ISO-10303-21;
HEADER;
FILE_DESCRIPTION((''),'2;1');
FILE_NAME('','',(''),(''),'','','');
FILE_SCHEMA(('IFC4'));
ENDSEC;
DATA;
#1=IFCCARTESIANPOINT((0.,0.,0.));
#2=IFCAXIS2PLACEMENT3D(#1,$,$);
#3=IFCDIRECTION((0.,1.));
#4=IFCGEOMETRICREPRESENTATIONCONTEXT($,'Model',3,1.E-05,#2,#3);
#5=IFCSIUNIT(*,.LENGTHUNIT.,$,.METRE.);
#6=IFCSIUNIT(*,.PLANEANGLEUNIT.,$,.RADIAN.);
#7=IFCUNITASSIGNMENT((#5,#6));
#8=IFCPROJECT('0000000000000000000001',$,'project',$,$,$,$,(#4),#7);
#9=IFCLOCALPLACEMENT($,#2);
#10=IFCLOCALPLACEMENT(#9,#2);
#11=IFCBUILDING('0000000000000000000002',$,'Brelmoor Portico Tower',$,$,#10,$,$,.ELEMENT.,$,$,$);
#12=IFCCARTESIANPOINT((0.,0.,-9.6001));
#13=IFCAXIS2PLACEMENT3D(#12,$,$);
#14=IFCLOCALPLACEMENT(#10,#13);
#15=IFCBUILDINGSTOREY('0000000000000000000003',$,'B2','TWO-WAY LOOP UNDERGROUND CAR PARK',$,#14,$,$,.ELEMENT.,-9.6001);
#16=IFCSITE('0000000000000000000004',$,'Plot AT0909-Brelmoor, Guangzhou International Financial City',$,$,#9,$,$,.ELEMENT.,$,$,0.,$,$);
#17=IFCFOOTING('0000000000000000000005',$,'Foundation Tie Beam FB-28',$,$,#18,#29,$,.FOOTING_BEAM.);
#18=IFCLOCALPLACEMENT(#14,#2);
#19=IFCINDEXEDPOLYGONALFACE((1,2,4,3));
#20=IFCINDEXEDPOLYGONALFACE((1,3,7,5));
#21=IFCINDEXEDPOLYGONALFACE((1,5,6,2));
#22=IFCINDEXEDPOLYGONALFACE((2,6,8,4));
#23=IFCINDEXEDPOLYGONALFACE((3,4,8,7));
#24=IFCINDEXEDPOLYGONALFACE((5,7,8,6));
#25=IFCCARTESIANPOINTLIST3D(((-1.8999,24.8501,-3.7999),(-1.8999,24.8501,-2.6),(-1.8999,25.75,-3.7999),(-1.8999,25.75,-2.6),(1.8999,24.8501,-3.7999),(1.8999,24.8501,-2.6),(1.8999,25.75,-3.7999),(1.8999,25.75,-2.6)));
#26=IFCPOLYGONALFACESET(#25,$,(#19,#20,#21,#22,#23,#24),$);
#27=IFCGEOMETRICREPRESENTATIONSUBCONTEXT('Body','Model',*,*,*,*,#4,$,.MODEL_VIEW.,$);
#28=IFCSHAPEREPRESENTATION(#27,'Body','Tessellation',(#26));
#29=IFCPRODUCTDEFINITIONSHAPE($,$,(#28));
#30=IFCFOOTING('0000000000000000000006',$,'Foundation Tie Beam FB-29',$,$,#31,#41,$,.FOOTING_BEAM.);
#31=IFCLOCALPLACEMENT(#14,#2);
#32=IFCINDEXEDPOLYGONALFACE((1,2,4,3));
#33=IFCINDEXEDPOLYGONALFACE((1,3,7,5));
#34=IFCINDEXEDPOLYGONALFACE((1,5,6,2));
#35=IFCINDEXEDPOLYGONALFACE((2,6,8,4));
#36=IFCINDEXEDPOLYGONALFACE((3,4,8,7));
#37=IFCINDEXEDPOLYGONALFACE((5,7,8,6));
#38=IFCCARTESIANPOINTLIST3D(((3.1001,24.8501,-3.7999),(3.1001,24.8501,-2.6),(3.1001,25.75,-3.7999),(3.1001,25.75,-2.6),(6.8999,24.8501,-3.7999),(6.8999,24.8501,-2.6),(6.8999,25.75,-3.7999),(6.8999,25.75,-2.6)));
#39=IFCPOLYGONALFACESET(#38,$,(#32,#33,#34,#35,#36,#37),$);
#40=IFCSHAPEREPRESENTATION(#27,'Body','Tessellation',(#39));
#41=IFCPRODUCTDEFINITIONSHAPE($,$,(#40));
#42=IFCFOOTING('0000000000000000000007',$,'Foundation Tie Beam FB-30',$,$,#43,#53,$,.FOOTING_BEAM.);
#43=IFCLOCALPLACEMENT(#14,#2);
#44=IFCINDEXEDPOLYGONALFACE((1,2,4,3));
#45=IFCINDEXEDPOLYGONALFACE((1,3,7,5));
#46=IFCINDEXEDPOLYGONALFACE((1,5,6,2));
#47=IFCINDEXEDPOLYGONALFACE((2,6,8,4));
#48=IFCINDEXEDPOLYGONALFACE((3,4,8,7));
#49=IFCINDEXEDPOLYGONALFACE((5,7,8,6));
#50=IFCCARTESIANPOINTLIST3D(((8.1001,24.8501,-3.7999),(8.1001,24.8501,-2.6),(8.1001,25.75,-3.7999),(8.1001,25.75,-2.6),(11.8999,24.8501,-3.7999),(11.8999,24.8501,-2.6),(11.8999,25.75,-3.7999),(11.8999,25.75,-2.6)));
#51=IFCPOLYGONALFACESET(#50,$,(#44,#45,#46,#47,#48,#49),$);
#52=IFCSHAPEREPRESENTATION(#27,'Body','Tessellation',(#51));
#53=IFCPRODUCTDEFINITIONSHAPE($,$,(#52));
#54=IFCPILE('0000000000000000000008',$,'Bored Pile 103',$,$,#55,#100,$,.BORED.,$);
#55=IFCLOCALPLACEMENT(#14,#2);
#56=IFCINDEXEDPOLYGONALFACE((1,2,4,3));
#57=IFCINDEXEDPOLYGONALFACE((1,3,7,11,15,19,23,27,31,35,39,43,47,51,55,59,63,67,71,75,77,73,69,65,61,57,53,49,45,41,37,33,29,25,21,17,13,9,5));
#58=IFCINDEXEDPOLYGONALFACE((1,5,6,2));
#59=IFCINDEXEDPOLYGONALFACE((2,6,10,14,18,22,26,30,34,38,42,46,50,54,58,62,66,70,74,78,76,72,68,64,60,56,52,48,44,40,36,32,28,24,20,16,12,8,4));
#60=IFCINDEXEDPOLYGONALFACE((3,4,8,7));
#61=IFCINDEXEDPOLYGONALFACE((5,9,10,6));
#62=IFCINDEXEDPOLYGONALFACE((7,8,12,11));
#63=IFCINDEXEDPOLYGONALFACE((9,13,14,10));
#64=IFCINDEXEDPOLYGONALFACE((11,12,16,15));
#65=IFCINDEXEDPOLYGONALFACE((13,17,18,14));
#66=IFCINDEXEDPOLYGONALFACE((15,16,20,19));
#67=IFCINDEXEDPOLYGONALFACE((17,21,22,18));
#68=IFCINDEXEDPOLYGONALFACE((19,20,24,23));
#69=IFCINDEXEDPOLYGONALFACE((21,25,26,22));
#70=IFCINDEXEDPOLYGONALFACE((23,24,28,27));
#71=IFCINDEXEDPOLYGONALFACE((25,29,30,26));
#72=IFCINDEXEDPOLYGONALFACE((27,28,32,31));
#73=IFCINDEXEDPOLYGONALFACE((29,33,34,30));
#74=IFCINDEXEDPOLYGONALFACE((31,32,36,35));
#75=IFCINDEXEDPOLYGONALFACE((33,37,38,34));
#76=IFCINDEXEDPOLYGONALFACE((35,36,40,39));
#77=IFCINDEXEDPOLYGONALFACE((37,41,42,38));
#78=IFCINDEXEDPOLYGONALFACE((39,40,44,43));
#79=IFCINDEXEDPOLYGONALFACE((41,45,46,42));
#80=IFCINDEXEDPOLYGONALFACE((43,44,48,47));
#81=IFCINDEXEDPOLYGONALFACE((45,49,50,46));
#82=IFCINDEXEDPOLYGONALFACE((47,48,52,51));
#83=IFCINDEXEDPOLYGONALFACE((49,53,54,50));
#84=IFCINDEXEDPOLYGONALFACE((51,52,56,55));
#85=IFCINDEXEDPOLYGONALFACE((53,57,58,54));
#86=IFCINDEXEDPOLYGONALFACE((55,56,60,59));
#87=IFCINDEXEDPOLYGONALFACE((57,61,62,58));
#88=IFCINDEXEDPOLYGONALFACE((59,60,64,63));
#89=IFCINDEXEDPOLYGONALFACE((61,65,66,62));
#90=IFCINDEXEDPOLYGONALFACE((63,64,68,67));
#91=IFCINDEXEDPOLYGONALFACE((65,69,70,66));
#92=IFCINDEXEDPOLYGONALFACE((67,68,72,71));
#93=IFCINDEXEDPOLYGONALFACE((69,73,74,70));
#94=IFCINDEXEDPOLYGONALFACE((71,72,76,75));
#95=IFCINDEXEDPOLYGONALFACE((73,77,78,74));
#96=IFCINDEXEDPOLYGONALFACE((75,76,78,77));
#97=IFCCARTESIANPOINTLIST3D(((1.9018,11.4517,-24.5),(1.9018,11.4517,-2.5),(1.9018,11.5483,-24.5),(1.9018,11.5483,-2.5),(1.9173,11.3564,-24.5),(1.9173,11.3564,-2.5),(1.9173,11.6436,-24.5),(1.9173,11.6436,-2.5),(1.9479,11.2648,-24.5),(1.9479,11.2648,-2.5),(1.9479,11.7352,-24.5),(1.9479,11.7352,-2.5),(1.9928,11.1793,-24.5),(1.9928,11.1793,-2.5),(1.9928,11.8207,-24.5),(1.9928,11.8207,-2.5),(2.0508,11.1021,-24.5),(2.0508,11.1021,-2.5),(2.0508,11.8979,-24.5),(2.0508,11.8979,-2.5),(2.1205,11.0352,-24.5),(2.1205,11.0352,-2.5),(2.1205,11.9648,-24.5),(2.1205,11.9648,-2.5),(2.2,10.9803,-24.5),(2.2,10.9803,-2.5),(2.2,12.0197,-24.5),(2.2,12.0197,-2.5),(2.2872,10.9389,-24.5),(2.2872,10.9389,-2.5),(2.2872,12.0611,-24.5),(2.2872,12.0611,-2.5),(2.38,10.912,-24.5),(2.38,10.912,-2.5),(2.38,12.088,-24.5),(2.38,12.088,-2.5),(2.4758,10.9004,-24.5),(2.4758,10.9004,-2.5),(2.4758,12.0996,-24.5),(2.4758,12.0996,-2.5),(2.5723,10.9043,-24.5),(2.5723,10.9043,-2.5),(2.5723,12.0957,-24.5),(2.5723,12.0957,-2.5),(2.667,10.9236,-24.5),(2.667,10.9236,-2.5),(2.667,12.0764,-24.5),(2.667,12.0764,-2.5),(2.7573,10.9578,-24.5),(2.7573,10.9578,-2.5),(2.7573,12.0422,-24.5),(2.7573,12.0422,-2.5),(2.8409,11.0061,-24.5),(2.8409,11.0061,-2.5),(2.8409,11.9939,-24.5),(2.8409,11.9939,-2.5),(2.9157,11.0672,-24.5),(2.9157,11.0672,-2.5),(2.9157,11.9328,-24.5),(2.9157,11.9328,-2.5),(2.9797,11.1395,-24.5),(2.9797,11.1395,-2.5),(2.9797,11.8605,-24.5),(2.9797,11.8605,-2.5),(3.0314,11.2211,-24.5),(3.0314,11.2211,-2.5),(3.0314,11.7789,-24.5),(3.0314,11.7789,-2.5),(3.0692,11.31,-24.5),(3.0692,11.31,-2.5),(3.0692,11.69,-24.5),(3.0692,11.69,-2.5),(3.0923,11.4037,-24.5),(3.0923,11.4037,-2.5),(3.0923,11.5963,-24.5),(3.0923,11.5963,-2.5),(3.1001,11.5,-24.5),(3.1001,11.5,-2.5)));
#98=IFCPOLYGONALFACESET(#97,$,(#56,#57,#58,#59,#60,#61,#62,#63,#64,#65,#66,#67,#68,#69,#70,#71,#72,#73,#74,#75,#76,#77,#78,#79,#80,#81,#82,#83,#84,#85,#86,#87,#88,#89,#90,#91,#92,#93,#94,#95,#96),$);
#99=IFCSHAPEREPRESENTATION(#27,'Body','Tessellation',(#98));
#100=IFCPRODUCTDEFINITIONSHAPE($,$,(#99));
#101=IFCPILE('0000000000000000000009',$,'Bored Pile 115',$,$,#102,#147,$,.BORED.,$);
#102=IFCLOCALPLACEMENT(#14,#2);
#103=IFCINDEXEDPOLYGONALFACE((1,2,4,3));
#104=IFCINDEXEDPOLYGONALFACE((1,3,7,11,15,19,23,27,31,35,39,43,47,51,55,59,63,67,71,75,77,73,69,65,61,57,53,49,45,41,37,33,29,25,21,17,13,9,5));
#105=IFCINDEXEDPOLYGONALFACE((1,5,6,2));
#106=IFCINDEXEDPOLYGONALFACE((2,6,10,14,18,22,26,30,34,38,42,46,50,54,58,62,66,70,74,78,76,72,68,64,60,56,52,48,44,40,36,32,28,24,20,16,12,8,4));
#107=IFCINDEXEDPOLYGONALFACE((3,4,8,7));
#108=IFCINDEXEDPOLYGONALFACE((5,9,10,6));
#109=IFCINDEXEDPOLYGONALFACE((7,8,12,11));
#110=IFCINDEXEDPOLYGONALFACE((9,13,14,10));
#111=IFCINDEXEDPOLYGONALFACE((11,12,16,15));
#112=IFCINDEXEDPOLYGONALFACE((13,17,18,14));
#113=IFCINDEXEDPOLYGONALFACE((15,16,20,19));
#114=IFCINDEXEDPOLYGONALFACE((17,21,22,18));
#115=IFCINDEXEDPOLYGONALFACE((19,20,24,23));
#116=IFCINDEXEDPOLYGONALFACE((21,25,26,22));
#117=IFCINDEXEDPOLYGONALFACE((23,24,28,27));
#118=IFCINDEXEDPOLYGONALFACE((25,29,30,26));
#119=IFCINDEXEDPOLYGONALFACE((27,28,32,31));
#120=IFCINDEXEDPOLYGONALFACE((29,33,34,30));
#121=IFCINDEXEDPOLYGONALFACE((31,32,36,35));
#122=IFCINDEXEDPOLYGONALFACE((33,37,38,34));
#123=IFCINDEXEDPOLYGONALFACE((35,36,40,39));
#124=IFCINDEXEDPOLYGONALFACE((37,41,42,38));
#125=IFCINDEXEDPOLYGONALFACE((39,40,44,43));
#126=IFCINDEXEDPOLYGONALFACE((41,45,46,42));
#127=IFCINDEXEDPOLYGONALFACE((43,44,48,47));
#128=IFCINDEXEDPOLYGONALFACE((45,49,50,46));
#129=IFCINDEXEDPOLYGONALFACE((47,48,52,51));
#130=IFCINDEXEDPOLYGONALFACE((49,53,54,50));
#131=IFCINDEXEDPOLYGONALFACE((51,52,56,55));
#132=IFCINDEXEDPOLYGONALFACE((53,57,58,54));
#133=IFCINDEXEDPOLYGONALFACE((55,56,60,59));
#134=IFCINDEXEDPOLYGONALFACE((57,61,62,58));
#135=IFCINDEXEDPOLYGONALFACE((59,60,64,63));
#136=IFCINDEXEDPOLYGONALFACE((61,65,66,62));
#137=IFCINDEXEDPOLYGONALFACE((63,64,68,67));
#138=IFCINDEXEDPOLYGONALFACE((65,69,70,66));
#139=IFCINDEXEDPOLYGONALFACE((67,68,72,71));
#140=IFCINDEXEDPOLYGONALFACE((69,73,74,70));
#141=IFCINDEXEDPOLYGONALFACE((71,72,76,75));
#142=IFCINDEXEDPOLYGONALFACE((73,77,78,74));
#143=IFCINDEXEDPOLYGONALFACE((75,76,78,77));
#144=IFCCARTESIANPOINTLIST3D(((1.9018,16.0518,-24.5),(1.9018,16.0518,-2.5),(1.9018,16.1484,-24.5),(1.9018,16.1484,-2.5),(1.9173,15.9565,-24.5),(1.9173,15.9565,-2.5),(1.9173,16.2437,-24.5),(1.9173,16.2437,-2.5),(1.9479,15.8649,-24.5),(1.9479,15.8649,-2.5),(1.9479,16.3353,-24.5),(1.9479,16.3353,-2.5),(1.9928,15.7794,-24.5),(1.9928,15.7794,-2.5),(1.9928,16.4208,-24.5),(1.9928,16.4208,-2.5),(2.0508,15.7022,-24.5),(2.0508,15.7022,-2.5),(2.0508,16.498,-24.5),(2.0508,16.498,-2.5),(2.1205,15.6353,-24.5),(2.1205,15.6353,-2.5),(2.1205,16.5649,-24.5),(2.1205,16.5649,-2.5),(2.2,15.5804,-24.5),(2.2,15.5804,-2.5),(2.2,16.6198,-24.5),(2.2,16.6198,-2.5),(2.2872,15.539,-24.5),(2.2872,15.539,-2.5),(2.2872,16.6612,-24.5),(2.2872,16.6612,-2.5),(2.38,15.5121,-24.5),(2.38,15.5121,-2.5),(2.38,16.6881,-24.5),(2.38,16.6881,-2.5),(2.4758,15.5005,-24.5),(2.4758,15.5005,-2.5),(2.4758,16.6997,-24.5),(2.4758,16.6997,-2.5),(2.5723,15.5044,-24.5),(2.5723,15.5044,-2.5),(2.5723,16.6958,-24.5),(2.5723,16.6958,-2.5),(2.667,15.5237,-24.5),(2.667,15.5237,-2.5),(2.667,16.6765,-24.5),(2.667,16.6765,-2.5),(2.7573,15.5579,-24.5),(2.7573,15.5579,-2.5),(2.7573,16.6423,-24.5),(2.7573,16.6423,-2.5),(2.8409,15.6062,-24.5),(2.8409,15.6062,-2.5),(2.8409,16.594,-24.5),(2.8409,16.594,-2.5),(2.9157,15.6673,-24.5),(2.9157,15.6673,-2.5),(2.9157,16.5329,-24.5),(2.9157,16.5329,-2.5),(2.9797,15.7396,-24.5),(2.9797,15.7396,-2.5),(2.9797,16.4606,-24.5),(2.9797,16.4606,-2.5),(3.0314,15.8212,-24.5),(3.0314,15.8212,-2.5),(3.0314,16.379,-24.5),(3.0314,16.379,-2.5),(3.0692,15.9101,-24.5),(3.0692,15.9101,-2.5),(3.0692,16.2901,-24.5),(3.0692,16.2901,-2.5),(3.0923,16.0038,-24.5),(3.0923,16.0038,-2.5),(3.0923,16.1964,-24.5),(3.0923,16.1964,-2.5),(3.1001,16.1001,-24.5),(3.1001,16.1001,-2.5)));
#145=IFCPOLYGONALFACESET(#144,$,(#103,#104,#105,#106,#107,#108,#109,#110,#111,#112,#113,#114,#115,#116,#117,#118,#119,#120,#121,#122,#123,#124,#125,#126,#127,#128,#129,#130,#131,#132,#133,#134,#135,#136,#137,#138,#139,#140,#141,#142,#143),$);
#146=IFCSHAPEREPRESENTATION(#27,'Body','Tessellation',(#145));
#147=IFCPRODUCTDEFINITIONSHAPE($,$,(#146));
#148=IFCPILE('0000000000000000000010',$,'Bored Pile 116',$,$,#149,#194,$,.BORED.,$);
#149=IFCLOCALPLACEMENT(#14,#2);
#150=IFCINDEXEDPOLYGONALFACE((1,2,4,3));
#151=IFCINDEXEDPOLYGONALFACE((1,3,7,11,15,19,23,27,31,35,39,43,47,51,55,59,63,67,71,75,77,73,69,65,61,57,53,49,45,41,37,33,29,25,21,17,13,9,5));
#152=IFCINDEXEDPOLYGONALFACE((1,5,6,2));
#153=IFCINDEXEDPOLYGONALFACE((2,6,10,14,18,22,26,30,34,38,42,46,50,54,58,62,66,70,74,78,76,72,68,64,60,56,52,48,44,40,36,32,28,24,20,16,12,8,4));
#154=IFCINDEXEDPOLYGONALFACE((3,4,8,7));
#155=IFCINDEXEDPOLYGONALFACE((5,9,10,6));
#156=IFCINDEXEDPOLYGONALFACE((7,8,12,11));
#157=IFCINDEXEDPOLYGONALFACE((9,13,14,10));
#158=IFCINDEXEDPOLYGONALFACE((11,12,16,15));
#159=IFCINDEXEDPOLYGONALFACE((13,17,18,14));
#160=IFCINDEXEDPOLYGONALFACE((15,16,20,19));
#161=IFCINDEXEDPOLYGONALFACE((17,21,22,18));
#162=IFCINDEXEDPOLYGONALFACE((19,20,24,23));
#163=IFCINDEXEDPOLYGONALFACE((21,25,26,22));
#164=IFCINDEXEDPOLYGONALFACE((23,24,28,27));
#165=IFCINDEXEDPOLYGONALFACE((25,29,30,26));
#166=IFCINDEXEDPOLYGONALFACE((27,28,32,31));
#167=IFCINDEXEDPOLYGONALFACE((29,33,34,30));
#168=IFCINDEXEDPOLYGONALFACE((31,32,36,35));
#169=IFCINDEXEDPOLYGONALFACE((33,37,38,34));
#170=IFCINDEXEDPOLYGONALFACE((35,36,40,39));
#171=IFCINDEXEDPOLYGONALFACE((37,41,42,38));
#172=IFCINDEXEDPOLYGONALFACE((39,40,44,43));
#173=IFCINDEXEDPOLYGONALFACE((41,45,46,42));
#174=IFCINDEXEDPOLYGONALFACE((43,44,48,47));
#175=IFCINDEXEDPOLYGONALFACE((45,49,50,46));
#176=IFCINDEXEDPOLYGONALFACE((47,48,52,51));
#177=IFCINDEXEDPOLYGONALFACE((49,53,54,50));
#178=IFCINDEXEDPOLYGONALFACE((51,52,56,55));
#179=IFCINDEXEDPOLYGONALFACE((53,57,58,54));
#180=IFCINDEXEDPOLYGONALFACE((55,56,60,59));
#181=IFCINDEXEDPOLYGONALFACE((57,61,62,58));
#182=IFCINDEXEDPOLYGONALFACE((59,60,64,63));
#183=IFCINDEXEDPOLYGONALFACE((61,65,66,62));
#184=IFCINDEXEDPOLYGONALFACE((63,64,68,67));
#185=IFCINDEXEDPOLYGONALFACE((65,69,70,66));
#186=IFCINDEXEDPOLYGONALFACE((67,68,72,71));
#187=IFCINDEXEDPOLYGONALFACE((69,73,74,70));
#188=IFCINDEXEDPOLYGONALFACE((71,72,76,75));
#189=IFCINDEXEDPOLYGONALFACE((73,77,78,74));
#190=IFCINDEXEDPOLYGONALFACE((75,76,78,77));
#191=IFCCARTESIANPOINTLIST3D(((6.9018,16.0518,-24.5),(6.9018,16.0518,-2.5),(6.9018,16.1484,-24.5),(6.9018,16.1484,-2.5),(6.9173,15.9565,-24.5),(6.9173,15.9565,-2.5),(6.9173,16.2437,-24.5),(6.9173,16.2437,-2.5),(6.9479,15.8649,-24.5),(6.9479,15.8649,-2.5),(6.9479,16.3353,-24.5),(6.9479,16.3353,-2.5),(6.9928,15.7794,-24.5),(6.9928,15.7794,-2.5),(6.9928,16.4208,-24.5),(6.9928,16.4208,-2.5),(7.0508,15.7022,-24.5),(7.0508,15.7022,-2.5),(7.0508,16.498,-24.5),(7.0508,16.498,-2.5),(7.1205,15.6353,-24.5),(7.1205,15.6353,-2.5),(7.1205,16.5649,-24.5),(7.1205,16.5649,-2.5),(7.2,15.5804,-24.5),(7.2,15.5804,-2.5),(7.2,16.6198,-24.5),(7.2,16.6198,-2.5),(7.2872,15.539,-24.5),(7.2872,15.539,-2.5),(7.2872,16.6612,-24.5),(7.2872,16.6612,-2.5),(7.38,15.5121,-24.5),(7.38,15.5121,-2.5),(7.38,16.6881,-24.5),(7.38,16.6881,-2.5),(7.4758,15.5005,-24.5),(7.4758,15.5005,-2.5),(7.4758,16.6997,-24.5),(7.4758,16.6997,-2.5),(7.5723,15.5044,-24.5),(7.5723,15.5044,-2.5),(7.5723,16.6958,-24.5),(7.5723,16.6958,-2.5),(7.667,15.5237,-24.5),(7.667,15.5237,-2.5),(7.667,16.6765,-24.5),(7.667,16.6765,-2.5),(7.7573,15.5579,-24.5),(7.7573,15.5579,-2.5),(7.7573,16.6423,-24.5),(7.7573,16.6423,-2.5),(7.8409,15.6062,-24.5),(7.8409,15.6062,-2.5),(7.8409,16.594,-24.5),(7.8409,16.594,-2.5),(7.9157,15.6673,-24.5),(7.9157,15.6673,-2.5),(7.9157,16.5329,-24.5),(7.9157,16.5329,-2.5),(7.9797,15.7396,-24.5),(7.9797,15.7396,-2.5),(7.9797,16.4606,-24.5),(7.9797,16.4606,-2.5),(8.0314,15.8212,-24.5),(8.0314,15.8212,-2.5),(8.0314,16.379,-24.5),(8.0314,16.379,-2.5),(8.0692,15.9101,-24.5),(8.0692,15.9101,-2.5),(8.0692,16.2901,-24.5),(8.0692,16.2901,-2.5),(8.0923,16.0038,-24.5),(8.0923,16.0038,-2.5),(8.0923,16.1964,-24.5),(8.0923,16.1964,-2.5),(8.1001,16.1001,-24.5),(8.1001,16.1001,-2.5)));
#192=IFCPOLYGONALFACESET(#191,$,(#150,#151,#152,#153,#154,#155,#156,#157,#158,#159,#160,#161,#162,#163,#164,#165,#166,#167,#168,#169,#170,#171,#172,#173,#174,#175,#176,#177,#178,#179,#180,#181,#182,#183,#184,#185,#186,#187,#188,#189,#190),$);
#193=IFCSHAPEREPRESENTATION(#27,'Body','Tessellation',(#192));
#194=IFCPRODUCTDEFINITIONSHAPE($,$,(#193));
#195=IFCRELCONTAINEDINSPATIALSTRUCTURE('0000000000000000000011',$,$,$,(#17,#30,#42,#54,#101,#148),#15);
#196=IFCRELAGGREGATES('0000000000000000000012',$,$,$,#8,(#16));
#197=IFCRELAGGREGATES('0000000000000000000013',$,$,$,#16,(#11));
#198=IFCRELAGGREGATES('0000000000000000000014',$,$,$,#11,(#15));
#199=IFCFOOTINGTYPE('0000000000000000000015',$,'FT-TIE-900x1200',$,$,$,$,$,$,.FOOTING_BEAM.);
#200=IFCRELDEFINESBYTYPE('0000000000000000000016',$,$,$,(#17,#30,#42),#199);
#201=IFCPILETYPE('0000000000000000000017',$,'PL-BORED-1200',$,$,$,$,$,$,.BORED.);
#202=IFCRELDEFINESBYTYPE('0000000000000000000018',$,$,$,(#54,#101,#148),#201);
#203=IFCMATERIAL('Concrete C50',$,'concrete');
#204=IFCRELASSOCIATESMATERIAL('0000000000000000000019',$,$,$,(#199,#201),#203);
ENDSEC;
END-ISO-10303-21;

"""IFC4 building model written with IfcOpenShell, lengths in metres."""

from ifc_helpers import new_model, si_unit, direction, frame, origin, origin_2d, place, context, subcontext, project, spatial, rectangle, circle, extrude, material, material_profile, profile_set, type_object, element, save


model = new_model("IFC4")

# Units and contexts
model_context = context("Model", 3, precision=1e-05, world=origin(), true_north=direction((0.0, 1.0)))
body_context = subcontext(model_context, "Body", "Model", "MODEL_VIEW")
ifc_project = project(units=[si_unit("LENGTHUNIT", "METRE"), si_unit("PLANEANGLEUNIT", "RADIAN")], contexts=[model_context])

# Site, building, storey
site_placement = place(None, origin())
site = spatial("IfcSite", under=ifc_project, at=site_placement, Name="Plot AT0909-Brelmoor, Guangzhou International Financial City", CompositionType="ELEMENT", RefElevation=0.0)
building_placement = place(site_placement, origin())
building = spatial("IfcBuilding", under=site, at=building_placement, Name="Brelmoor Portico Tower", CompositionType="ELEMENT")
storey_placement = place(building_placement, frame((0.0, 0.0, -9.6001)))
storey = spatial("IfcBuildingStorey", under=building, at=storey_placement, Name="B2", Description="TWO-WAY LOOP UNDERGROUND CAR PARK", CompositionType="ELEMENT", Elevation=-9.6001)

# Footings
ifc_material_1 = material(Name="Concrete C50", Category="concrete")
ifc_material_profile_1 = material_profile(ifc_material_1, rectangle(XDim=0.8999, YDim=1.2, at=origin_2d()), Name="RC 900x1200")
ifc_profile_set_1 = profile_set([ifc_material_profile_1], Name="Concrete C50")
footing_type = type_object("IfcFootingType", Name="FT-TIE-900x1200", PredefinedType="FOOTING_BEAM", material=ifc_profile_set_1)
for number, where, z_axis, x_axis, name in (
    (1, (-1.8999, 25.3, -3.2), (1.0, 0.0, 0.0), (0.0, 1.0, 0.0), "Foundation Tie Beam FB-28"),
    (2, (3.1001, 25.3, -3.2), (1.0, 0.0, 0.0), (0.0, 1.0, 0.0), "Foundation Tie Beam FB-29"),
    (3, (8.1001, 25.3, -3.2), (1.0, 0.0, 0.0), (0.0, 1.0, 0.0), "Foundation Tie Beam FB-30"),
):
    element("IfcFooting", number, at=place(storey_placement, frame(where, z_axis=z_axis, x_axis=x_axis)), inside=storey, type_object=footing_type, Name=name, PredefinedType="FOOTING_BEAM", context=body_context, shape_type="SweptSolid", body=[
        extrude(rectangle(XDim=0.8999, YDim=1.2, at=origin_2d()), origin(), (0.0, 0.0, 1.0), 3.7998),
    ])

# Piles
ifc_material_profile_2 = material_profile(ifc_material_1, circle(Radius=0.6001, at=origin_2d()), Name="BORED PILE D1200")
ifc_profile_set_2 = profile_set([ifc_material_profile_2], Name="Concrete C50")
pile_type_1 = type_object("IfcPileType", Name="PL-BORED-1200", PredefinedType="BORED", material=ifc_profile_set_2)
for number, where, z_axis, x_axis, name in (
    (4, (2.5, 11.5, -2.5), (0.0, 0.0, -1.0), (1.0, 0.0, 0.0), "Bored Pile 103"),
    (5, (2.5, 16.1001, -2.5), (0.0, 0.0, -1.0), (1.0, 0.0, 0.0), "Bored Pile 115"),
    (6, (7.5, 16.1001, -2.5), (0.0, 0.0, -1.0), (1.0, 0.0, 0.0), "Bored Pile 116"),
):
    element("IfcPile", number, at=place(storey_placement, frame(where, z_axis=z_axis, x_axis=x_axis)), inside=storey, type_object=pile_type_1, Name=name, PredefinedType="BORED", context=body_context, shape_type="SweptSolid", body=[
        extrude(circle(Radius=0.6001, at=origin_2d()), origin(), (0.0, 0.0, 1.0), 22.0),
    ])

save(model, "model.ifc")
